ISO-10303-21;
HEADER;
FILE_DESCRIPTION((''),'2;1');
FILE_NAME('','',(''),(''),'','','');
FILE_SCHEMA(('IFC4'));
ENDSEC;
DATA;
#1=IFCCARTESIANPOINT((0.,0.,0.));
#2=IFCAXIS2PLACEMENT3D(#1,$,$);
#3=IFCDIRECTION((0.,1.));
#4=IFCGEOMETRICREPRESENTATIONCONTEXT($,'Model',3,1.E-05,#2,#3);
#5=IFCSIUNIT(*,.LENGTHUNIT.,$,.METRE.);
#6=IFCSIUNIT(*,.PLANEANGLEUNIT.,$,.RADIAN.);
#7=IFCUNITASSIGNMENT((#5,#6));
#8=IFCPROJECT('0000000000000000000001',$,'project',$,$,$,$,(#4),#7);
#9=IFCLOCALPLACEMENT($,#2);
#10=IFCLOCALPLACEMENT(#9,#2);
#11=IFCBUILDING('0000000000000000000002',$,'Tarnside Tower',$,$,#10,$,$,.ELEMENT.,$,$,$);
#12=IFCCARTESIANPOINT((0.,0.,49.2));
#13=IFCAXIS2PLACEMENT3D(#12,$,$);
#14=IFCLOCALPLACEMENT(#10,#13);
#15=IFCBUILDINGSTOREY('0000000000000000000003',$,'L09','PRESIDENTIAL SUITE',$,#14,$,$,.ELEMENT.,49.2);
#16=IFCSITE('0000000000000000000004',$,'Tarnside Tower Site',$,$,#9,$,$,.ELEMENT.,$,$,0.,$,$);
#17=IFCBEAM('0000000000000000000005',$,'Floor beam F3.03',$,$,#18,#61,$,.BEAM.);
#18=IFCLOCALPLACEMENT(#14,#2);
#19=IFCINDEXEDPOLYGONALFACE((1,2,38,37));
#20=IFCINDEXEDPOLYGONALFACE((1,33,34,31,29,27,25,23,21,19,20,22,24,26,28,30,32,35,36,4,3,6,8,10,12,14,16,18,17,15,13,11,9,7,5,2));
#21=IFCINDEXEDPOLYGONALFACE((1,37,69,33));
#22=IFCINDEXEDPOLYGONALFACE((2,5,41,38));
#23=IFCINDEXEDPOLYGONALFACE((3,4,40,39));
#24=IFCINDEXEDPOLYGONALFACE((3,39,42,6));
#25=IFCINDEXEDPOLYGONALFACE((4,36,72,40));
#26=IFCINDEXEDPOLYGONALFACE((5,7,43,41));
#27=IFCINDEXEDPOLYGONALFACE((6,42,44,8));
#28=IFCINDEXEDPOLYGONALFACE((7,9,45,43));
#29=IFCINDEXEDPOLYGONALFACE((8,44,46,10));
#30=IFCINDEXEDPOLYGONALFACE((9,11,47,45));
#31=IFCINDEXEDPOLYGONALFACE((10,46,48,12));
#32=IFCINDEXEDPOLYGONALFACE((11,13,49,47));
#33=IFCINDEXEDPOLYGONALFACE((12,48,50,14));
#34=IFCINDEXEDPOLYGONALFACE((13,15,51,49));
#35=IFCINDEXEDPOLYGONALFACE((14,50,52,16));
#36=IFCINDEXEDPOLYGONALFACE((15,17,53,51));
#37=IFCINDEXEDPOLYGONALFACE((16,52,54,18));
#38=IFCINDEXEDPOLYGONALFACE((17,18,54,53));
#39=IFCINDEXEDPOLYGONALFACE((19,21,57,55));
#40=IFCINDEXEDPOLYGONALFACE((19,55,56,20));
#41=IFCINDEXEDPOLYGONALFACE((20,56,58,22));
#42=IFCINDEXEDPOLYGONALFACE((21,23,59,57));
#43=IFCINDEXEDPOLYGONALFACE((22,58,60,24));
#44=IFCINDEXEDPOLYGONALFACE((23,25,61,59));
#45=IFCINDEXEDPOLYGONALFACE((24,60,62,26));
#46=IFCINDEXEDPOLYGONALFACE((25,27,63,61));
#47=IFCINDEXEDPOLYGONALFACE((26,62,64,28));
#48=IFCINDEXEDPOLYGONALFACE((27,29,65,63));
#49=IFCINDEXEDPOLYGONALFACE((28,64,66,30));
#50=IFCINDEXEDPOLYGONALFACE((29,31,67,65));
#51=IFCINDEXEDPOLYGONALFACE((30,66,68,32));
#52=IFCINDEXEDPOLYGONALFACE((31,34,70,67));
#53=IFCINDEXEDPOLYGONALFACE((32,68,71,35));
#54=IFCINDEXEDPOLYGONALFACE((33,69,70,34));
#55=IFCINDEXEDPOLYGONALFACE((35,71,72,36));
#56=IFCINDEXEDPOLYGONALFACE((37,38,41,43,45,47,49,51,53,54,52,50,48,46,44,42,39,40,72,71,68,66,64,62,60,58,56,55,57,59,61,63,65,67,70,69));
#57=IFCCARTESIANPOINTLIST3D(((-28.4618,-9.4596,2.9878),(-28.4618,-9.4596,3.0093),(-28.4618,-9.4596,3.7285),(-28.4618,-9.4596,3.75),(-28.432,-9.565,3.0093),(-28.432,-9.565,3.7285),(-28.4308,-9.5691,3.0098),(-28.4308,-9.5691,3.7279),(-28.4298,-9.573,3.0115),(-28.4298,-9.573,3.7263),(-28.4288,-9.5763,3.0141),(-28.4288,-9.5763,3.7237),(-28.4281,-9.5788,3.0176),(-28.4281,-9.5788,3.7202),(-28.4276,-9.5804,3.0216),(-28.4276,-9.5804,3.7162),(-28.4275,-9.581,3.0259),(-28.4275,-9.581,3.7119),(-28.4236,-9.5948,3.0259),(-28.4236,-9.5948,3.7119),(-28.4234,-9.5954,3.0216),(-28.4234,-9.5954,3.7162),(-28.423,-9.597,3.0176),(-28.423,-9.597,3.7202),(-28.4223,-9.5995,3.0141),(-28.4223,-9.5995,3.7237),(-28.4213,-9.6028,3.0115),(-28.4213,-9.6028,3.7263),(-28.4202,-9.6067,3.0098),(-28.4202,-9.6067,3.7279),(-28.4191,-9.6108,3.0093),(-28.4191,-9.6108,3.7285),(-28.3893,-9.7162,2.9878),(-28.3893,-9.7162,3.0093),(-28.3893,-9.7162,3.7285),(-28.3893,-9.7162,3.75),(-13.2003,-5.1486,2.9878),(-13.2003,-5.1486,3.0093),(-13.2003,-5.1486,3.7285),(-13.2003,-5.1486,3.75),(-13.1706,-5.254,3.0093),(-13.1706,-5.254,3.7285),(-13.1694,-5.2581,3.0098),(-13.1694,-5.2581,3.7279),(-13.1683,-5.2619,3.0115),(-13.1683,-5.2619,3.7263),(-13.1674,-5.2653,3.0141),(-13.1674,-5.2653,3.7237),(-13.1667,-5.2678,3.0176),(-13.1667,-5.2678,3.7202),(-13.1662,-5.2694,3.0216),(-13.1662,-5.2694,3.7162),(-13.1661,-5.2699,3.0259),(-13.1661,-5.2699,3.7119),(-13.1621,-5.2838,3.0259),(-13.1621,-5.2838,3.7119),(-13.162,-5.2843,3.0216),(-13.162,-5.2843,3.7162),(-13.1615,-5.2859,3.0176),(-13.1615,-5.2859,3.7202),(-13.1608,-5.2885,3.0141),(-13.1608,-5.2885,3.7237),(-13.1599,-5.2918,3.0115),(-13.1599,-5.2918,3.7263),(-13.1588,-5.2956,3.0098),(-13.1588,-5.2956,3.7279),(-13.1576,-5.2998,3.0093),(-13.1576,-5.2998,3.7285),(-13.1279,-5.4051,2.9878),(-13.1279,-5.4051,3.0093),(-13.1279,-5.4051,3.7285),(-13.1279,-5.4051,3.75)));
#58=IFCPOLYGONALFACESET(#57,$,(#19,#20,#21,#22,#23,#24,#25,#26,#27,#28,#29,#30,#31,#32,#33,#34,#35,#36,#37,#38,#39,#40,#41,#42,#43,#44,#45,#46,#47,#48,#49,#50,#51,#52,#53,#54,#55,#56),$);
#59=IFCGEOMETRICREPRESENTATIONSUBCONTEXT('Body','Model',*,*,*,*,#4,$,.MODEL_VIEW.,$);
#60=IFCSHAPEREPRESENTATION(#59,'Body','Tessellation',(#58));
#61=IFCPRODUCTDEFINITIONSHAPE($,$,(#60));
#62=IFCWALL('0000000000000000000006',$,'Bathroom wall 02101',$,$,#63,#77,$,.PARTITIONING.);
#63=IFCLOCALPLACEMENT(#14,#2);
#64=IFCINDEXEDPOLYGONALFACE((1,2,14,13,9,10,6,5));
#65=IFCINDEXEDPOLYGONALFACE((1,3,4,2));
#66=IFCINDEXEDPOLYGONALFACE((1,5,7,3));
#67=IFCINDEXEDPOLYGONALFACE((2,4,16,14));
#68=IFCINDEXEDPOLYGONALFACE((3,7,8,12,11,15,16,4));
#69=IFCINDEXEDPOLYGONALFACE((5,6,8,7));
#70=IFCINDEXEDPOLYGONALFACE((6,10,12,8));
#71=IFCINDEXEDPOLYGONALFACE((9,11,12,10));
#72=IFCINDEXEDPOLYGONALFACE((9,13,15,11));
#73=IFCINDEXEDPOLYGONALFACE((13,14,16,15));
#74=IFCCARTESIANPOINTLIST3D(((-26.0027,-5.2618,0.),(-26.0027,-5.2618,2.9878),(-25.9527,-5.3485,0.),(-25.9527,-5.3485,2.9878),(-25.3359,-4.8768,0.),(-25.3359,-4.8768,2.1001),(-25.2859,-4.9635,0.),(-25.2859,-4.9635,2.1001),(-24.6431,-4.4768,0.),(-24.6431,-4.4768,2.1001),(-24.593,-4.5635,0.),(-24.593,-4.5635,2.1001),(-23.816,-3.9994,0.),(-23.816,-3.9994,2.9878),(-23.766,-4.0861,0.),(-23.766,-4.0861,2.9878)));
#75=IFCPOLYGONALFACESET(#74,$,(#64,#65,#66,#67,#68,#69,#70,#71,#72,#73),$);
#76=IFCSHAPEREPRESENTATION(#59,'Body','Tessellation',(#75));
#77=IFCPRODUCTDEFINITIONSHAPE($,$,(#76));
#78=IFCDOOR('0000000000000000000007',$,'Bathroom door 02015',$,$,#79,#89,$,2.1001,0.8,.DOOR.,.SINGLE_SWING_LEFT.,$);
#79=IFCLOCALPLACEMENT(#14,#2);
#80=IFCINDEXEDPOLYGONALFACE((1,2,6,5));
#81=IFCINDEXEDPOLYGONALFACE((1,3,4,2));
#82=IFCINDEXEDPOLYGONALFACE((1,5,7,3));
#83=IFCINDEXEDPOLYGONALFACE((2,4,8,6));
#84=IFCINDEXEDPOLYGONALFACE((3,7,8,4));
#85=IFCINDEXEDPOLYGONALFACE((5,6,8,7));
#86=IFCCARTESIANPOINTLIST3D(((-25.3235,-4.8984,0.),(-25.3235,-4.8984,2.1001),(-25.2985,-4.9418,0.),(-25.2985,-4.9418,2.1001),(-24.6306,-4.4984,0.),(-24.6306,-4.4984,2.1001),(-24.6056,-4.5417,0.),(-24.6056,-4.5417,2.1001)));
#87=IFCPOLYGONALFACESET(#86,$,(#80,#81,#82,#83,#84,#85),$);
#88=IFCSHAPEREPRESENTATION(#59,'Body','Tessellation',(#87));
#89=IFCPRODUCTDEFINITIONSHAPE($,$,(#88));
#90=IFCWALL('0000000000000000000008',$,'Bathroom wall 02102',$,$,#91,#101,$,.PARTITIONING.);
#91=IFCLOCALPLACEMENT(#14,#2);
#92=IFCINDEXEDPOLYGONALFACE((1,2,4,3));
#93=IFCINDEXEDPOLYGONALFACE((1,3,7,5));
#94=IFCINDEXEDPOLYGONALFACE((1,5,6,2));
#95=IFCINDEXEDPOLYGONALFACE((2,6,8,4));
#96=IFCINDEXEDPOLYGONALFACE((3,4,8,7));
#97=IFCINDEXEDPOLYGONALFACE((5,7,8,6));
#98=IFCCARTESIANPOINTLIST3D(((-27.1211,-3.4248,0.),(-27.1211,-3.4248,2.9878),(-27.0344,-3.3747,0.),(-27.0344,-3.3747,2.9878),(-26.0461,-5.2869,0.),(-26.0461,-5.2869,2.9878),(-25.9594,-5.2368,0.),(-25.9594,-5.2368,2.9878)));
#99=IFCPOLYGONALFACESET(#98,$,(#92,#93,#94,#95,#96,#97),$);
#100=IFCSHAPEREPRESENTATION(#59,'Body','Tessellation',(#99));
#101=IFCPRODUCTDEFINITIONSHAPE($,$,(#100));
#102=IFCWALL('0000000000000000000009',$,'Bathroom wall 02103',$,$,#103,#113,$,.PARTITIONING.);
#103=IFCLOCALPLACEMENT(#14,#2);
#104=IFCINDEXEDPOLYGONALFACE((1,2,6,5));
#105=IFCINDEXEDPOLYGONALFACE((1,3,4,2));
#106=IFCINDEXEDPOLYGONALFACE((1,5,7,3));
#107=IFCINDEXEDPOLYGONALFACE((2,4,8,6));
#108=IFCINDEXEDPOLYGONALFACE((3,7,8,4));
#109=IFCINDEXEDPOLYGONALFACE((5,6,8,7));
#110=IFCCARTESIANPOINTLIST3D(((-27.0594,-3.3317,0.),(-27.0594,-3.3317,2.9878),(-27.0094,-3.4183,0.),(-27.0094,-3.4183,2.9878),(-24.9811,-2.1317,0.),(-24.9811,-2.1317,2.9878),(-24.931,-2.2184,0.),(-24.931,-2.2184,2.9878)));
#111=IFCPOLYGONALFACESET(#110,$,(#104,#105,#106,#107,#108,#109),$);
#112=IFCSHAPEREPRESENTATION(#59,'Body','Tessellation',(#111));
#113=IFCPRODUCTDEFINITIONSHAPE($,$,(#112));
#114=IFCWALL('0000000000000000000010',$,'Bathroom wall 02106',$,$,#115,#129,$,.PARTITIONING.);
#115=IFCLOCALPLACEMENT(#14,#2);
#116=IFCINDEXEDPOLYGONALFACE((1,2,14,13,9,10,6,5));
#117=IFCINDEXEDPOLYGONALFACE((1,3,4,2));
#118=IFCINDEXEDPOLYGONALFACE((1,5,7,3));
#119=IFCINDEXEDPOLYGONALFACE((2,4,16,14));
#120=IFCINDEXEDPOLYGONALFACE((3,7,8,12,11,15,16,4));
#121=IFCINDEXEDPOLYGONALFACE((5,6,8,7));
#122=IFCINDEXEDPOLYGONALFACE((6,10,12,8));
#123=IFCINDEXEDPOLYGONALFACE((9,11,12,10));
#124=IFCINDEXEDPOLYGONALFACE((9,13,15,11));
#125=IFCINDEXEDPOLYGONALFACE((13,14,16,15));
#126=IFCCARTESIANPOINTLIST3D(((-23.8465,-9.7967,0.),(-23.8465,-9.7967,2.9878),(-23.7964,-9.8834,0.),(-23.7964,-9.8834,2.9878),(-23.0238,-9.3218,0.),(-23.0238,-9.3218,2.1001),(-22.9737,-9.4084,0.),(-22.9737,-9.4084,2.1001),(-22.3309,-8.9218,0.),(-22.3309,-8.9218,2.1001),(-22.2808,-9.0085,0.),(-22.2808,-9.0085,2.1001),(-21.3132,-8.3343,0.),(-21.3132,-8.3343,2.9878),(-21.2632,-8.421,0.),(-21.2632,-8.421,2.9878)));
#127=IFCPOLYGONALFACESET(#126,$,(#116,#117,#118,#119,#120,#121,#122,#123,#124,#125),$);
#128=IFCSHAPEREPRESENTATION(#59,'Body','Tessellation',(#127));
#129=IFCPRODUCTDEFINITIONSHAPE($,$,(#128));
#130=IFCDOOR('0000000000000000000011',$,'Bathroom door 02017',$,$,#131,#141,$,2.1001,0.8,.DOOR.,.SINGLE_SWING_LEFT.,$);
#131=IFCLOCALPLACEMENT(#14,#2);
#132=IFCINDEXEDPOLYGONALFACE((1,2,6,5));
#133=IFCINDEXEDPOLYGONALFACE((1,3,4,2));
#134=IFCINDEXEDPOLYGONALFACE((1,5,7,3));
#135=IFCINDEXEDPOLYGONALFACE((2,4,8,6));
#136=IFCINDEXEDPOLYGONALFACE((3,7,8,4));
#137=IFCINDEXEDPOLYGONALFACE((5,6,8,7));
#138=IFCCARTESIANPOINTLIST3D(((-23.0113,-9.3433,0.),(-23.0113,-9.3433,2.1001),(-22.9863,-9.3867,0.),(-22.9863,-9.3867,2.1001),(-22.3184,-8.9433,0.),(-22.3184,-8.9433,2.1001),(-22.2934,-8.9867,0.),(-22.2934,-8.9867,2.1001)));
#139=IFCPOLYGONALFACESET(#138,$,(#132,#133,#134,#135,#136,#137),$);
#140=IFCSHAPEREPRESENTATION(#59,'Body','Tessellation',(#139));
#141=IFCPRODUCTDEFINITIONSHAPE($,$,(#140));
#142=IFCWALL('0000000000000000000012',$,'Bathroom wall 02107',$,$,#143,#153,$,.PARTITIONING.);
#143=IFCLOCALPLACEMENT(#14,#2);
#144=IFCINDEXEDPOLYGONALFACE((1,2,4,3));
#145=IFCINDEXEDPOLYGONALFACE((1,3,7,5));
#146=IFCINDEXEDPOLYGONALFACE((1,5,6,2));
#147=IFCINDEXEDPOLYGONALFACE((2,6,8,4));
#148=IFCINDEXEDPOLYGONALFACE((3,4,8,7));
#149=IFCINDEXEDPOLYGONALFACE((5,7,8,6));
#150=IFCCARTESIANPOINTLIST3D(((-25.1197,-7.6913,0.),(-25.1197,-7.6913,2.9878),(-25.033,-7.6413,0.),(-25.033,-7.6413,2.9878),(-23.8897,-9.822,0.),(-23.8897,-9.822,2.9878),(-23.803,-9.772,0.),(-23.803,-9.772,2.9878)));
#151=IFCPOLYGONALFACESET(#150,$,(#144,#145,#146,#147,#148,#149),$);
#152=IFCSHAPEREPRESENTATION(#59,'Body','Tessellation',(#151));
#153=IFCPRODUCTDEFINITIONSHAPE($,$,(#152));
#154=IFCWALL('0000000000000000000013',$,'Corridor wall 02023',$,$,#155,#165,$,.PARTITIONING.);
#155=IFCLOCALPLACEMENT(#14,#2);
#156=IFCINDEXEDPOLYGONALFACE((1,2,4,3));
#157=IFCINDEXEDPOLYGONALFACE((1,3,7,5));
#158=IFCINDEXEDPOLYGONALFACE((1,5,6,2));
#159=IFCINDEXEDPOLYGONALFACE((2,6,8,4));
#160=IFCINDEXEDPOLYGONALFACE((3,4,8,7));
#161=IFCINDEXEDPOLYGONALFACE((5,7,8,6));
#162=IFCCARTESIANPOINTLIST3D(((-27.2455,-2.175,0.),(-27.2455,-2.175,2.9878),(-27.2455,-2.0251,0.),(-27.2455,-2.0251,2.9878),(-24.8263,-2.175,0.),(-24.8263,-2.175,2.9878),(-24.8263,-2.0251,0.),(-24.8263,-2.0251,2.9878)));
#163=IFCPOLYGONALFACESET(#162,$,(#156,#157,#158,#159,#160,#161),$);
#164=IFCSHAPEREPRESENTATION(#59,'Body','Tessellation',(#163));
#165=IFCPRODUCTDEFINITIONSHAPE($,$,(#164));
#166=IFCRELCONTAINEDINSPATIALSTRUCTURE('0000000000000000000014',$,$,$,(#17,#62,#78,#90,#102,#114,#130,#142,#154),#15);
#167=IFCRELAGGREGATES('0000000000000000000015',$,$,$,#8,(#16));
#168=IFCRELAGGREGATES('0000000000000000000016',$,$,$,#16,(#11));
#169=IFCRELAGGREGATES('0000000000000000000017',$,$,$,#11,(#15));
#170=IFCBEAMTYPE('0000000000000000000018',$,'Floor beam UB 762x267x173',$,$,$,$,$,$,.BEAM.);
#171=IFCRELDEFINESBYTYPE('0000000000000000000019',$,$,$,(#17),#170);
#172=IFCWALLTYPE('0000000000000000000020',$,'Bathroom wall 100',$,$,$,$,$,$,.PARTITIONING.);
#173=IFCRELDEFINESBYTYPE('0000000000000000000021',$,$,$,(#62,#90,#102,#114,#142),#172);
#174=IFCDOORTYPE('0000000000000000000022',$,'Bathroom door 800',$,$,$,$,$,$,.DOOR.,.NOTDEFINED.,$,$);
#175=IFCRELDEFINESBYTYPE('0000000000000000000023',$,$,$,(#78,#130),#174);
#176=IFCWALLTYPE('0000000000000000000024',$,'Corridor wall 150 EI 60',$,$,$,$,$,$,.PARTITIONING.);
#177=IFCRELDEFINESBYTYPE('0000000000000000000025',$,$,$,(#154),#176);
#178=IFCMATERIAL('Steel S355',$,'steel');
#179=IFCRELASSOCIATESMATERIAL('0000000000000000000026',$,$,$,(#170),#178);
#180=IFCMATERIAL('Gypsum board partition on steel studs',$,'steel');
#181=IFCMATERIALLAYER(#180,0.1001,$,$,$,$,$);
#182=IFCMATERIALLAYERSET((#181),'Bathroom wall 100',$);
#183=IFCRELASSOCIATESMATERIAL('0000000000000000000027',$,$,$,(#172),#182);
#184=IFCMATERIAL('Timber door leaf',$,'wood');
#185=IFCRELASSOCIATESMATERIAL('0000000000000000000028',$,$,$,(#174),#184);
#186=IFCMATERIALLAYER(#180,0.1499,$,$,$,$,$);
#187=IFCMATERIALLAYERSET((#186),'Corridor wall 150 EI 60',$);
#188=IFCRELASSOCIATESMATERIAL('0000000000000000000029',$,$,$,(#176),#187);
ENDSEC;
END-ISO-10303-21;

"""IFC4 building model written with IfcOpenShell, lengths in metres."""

from ifc_helpers import new_model, si_unit, direction, frame, frame_2d, origin, origin_2d, place, context, subcontext, project, spatial, rectangle, i_section, extrude, material, layer, layer_set, material_profile, profile_set, type_object, element, fill, save


model = new_model("IFC4")

# Units and contexts
model_context = context("Model", 3, precision=1e-05, world=origin(), true_north=direction((0.0, 1.0)))
body_context = subcontext(model_context, "Body", "Model", "MODEL_VIEW")
ifc_project = project(units=[si_unit("LENGTHUNIT", "METRE"), si_unit("PLANEANGLEUNIT", "RADIAN")], contexts=[model_context])

# Site, building, storey
site_placement = place(None, origin())
site = spatial("IfcSite", under=ifc_project, at=site_placement, Name="Tarnside Tower Site", CompositionType="ELEMENT", RefElevation=0.0)
building_placement = place(site_placement, origin())
building = spatial("IfcBuilding", under=site, at=building_placement, Name="Tarnside Tower", CompositionType="ELEMENT")
storey_placement = place(building_placement, frame((0.0, 0.0, 49.2)))
storey = spatial("IfcBuildingStorey", under=building, at=storey_placement, Name="L09", Description="PRESIDENTIAL SUITE", CompositionType="ELEMENT", Elevation=49.2)

# Beam
ifc_material_1 = material(Name="Steel S355", Category="steel")
ifc_material_profile = material_profile(ifc_material_1, i_section(OverallWidth=0.2666, OverallDepth=0.7622, WebThickness=0.0144, FlangeThickness=0.0215, FilletRadius=0.0166, at=origin_2d()), Name="UB 762x267x173")
ifc_profile_set = profile_set([ifc_material_profile], Name="Steel S355")
beam_type = type_object("IfcBeamType", Name="Floor beam UB 762x267x173", PredefinedType="BEAM", material=ifc_profile_set)
beam_placement = place(storey_placement, frame((-28.4255, -9.5879, 3.3689), z_axis=(0.962342, 0.271841, 0.0), x_axis=(-0.271841, 0.962342, 0.0)))
element("IfcBeam", 1, at=beam_placement, inside=storey, type_object=beam_type, Name="Floor beam F3.03", PredefinedType="BEAM", context=body_context, shape_type="SweptSolid", body=[
    extrude(i_section(OverallWidth=0.2666, OverallDepth=0.7622, WebThickness=0.0144, FlangeThickness=0.0215, FilletRadius=0.0166, at=origin_2d()), origin(), (0.0, 0.0, 1.0), 15.8586),
])

# Wall, opening, door
ifc_material_2 = material(Name="Gypsum board partition on steel studs", Category="steel")
ifc_layer_1 = layer(ifc_material_2, 0.1001)
ifc_layer_set_1 = layer_set([ifc_layer_1], Name="Bathroom wall 100")
wall_type_1 = type_object("IfcWallType", Name="Bathroom wall 100", PredefinedType="PARTITIONING", material=ifc_layer_set_1)
wall_1_placement = place(storey_placement, frame((-23.791, -4.0427, 0.0), z_axis=(0.0, 0.0, 1.0), x_axis=(-0.866039, -0.499976, 0.0)))
wall_1 = element("IfcWall", 2, at=wall_1_placement, inside=storey, type_object=wall_type_1, Name="Bathroom wall 02101", PredefinedType="PARTITIONING", context=body_context, shape_type="SweptSolid", body=[
    extrude(rectangle(XDim=2.5249, YDim=0.1001, at=frame_2d((1.2625, 0.0))), origin(), (0.0, 0.0, 1.0), 2.9878),
])
opening_1_placement = place(wall_1_placement, frame((0.9551, 0.0, 0.0)))
opening_1 = element("IfcOpeningElement", 3, at=opening_1_placement, cuts=wall_1, PredefinedType="OPENING", context=body_context, shape_type="SweptSolid", body=[
    extrude(rectangle(XDim=0.8, YDim=2.1001, at=frame_2d((0.3999, 1.05))), frame((0.0, 0.0601, 0.0), z_axis=(0.0, -1.0, 0.0), x_axis=(1.0, 0.0, 0.0)), (0.0, 0.0, 1.0), 0.1201),
])
ifc_material_3 = material(Name="Timber door leaf", Category="wood")
door_type_1 = type_object("IfcDoorType", Name="Bathroom door 800", OperationType="NOTDEFINED", PredefinedType="DOOR", material=ifc_material_3)
door_1_placement = place(opening_1_placement, origin())
door_1 = element("IfcDoor", 4, at=door_1_placement, inside=storey, type_object=door_type_1, Name="Bathroom door 02015", OperationType="SINGLE_SWING_LEFT", OverallHeight=2.1001, OverallWidth=0.8, PredefinedType="DOOR", context=body_context, shape_type="SweptSolid", body=[
    extrude(rectangle(XDim=0.8, YDim=2.1001, at=frame_2d((0.3999, 1.05))), frame((0.0, 0.0249, 0.0), z_axis=(0.0, -1.0, 0.0), x_axis=(1.0, 0.0, 0.0)), (0.0, 0.0, 1.0), 0.05),
])
fill(opening_1, door_1)

# Walls
wall_2_placement = place(storey_placement, frame((-26.0027, -5.262, 0.0), z_axis=(0.0, 0.0, 1.0), x_axis=(-0.499962, 0.866048, 0.0)))
element("IfcWall", 5, at=wall_2_placement, inside=storey, type_object=wall_type_1, Name="Bathroom wall 02102", PredefinedType="PARTITIONING", context=body_context, shape_type="SweptSolid", body=[
    extrude(rectangle(XDim=2.1501, YDim=0.1001, at=frame_2d((1.0752, 0.0))), origin(), (0.0, 0.0, 1.0), 2.9878),
])
wall_3_placement = place(storey_placement, frame((-27.0344, -3.375, 0.0), z_axis=(0.0, 0.0, 1.0), x_axis=(0.866025, 0.500001, 0.0)))
element("IfcWall", 6, at=wall_3_placement, inside=storey, type_object=wall_type_1, Name="Bathroom wall 02103", PredefinedType="PARTITIONING", context=body_context, shape_type="SweptSolid", body=[
    extrude(rectangle(XDim=2.3999, YDim=0.1001, at=frame_2d((1.2, 0.0))), origin(), (0.0, 0.0, 1.0), 2.9878),
])

# Wall, opening, door
wall_4_placement = place(storey_placement, frame((-21.2883, -8.3777, 0.0), z_axis=(0.0, 0.0, 1.0), x_axis=(-0.866047, -0.499963, 0.0)))
wall_4 = element("IfcWall", 7, at=wall_4_placement, inside=storey, type_object=wall_type_1, Name="Bathroom wall 02106", PredefinedType="PARTITIONING", context=body_context, shape_type="SweptSolid", body=[
    extrude(rectangle(XDim=2.925, YDim=0.1001, at=frame_2d((1.4624, 0.0))), origin(), (0.0, 0.0, 1.0), 2.9878),
])
opening_2_placement = place(wall_4_placement, frame((1.175, 0.0, 0.0)))
opening_2 = element("IfcOpeningElement", 8, at=opening_2_placement, cuts=wall_4, PredefinedType="OPENING", context=body_context, shape_type="SweptSolid", body=[
    extrude(rectangle(XDim=0.8, YDim=2.1001, at=frame_2d((0.3999, 1.05))), frame((0.0, 0.0601, 0.0), z_axis=(0.0, -1.0, 0.0), x_axis=(1.0, 0.0, 0.0)), (0.0, 0.0, 1.0), 0.1201),
])
door_2_placement = place(opening_2_placement, origin())
door_2 = element("IfcDoor", 9, at=door_2_placement, inside=storey, type_object=door_type_1, Name="Bathroom door 02017", OperationType="SINGLE_SWING_LEFT", OverallHeight=2.1001, OverallWidth=0.8, PredefinedType="DOOR", context=body_context, shape_type="SweptSolid", body=[
    extrude(rectangle(XDim=0.8, YDim=2.1001, at=frame_2d((0.3999, 1.05))), frame((0.0, 0.0249, 0.0), z_axis=(0.0, -1.0, 0.0), x_axis=(1.0, 0.0, 0.0)), (0.0, 0.0, 1.0), 0.05),
])
fill(opening_2, door_2)

# Walls
wall_5_placement = place(storey_placement, frame((-23.8464, -9.7969, 0.0), z_axis=(0.0, 0.0, 1.0), x_axis=(-0.49996, 0.866048, 0.0)))
element("IfcWall", 10, at=wall_5_placement, inside=storey, type_object=wall_type_1, Name="Bathroom wall 02107", PredefinedType="PARTITIONING", context=body_context, shape_type="SweptSolid", body=[
    extrude(rectangle(XDim=2.4602, YDim=0.1001, at=frame_2d((1.23, 0.0))), origin(), (0.0, 0.0, 1.0), 2.9878),
])
ifc_layer_2 = layer(ifc_material_2, 0.1499)
ifc_layer_set_2 = layer_set([ifc_layer_2], Name="Corridor wall 150 EI 60")
wall_type_2 = type_object("IfcWallType", Name="Corridor wall 150 EI 60", PredefinedType="PARTITIONING", material=ifc_layer_set_2)
wall_6_placement = place(storey_placement, frame((-27.2454, -2.1001, 0.0), z_axis=(0.0, 0.0, 1.0), x_axis=(1.0, 0.0, 0.0)))
element("IfcWall", 11, at=wall_6_placement, inside=storey, type_object=wall_type_2, Name="Corridor wall 02023", PredefinedType="PARTITIONING", context=body_context, shape_type="SweptSolid", body=[
    extrude(rectangle(XDim=2.4192, YDim=0.1499, at=frame_2d((1.2095, 0.0))), origin(), (0.0, 0.0, 1.0), 2.9878),
])

save(model, "model.ifc")
